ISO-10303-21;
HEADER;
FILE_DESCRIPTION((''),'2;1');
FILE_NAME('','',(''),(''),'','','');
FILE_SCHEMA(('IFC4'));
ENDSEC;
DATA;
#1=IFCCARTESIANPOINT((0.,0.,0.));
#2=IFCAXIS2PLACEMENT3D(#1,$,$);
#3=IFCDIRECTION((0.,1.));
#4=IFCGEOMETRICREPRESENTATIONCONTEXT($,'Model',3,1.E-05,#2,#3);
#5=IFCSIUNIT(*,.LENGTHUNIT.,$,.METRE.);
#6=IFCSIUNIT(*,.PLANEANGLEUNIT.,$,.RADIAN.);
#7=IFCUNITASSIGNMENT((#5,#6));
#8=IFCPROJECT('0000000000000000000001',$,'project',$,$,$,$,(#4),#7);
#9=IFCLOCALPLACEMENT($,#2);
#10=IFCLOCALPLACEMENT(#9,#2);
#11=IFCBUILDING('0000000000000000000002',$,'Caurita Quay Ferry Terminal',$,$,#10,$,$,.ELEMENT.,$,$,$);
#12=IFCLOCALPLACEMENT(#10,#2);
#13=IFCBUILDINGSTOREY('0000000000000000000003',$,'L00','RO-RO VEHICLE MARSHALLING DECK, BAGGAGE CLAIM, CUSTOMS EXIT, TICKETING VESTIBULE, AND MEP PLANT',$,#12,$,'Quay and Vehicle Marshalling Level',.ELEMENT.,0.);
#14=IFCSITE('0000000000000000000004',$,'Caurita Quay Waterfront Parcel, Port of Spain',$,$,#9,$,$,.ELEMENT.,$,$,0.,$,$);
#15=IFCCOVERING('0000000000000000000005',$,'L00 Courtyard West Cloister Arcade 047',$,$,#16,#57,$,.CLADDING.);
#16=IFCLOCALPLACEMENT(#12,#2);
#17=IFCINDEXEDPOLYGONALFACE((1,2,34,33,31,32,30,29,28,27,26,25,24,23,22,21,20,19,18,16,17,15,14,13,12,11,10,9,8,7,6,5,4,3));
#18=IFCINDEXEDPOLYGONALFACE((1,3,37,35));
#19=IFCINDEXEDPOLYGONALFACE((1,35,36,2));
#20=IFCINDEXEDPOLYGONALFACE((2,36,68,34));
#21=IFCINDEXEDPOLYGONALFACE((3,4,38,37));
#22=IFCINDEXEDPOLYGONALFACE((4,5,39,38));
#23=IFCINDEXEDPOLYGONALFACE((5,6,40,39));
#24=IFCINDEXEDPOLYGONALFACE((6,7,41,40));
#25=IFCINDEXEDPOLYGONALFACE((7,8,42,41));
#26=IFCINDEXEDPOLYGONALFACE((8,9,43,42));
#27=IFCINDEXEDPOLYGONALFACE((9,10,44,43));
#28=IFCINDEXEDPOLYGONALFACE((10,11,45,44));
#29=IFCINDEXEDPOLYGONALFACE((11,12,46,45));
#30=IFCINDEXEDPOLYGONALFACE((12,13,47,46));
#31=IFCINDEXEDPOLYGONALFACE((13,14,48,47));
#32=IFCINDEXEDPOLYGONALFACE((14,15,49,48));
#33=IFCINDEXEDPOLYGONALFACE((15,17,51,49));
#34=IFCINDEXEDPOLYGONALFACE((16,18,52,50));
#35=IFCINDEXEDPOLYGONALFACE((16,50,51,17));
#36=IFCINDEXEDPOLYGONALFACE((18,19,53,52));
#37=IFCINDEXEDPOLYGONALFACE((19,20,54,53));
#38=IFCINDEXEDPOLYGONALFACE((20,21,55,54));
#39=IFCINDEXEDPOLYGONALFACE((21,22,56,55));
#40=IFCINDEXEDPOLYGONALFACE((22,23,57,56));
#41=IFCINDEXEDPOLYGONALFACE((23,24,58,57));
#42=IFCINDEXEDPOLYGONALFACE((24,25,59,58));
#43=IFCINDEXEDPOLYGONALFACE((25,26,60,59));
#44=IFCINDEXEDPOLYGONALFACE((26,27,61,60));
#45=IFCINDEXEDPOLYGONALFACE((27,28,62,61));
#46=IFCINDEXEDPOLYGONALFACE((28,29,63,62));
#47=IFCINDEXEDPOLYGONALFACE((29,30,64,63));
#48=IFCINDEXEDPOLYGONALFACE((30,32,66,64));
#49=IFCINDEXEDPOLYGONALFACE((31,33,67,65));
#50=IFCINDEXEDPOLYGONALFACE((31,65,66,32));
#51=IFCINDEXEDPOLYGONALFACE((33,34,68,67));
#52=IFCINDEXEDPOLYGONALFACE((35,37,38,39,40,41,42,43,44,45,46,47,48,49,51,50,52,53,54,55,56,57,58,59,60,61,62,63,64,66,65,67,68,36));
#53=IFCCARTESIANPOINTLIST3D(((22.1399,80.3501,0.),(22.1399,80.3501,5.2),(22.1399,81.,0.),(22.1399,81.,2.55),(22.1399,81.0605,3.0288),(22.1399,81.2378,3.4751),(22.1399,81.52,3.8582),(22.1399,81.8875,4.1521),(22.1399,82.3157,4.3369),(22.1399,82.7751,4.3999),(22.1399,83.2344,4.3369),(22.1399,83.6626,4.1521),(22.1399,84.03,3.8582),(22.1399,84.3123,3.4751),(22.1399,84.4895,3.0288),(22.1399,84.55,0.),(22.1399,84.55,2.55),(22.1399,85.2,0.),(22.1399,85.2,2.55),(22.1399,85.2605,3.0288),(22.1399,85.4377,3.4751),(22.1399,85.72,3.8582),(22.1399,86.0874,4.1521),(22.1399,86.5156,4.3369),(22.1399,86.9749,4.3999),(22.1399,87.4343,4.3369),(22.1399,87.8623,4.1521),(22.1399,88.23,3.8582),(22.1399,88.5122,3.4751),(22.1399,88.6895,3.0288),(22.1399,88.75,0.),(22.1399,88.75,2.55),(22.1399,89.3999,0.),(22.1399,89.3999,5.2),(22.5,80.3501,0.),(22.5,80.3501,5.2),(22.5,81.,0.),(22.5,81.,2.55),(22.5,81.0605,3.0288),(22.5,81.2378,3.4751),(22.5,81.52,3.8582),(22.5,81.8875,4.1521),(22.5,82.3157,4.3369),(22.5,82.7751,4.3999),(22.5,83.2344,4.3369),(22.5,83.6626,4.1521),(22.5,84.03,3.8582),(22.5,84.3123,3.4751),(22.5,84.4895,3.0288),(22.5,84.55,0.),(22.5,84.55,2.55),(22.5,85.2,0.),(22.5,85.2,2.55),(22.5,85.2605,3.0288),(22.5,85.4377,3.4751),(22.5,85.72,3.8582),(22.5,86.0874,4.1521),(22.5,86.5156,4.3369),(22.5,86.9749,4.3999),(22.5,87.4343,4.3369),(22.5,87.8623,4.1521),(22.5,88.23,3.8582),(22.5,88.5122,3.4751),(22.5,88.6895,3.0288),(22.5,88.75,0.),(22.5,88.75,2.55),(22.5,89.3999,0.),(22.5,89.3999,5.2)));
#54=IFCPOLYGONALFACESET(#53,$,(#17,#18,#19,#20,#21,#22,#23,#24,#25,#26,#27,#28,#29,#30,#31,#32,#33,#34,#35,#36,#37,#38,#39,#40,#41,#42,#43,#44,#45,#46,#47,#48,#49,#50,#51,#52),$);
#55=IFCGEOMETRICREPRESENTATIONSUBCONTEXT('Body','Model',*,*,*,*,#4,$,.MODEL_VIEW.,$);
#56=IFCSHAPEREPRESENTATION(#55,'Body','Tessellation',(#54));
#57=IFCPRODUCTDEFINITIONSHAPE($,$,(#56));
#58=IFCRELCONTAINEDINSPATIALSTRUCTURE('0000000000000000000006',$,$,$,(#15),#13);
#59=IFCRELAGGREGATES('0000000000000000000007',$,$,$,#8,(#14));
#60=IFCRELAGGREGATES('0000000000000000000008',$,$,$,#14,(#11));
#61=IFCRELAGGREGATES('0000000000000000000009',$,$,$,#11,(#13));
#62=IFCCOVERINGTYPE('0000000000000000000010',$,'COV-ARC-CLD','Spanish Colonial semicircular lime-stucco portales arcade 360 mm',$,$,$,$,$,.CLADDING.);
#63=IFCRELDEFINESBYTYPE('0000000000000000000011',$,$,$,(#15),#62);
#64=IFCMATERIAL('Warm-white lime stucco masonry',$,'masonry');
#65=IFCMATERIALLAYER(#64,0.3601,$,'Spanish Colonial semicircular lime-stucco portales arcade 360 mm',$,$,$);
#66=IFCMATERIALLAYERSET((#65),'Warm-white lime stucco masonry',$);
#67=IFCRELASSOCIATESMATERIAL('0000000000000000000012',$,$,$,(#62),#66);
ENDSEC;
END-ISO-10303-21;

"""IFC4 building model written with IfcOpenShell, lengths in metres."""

from ifc_helpers import new_model, si_unit, direction, frame, origin, place, context, subcontext, project, spatial, polyline, outline, extrude, material, layer, layer_set, type_object, element, save


model = new_model("IFC4")

# Units and contexts
model_context = context("Model", 3, precision=1e-05, world=origin(), true_north=direction((0.0, 1.0)))
body_context = subcontext(model_context, "Body", "Model", "MODEL_VIEW")
ifc_project = project(units=[si_unit("LENGTHUNIT", "METRE"), si_unit("PLANEANGLEUNIT", "RADIAN")], contexts=[model_context])

# Site, building, storey
site_placement = place(None, origin())
site = spatial("IfcSite", under=ifc_project, at=site_placement, Name="Caurita Quay Waterfront Parcel, Port of Spain", CompositionType="ELEMENT", RefElevation=0.0)
building_placement = place(site_placement, origin())
building = spatial("IfcBuilding", under=site, at=building_placement, Name="Caurita Quay Ferry Terminal", CompositionType="ELEMENT")
storey_placement = place(building_placement, origin())
storey = spatial("IfcBuildingStorey", under=building, at=storey_placement, Name="L00", Description="RO-RO VEHICLE MARSHALLING DECK, BAGGAGE CLAIM, CUSTOMS EXIT, TICKETING VESTIBULE, AND MEP PLANT", LongName="Quay and Vehicle Marshalling Level", CompositionType="ELEMENT", Elevation=0.0)

# Shared definitions
ifc_material_1 = material(Name="Warm-white lime stucco masonry", Category="masonry")

# Covering
ifc_layer_1 = layer(ifc_material_1, 0.3601, Name="Spanish Colonial semicircular lime-stucco portales arcade 360 mm")
ifc_layer_set_1 = layer_set([ifc_layer_1], Name="Warm-white lime stucco masonry")
covering_type = type_object("IfcCoveringType", Name="COV-ARC-CLD", Description="Spanish Colonial semicircular lime-stucco portales arcade 360 mm", PredefinedType="CLADDING", material=ifc_layer_set_1)
covering_1_placement = place(storey_placement, frame((22.3201, 80.3501, 0.0), z_axis=(0.0, 0.0, 1.0), x_axis=(0.0, 1.0, 0.0)))
element("IfcCovering", 1, at=covering_1_placement, inside=storey, type_object=covering_type, Name="L00 Courtyard West Cloister Arcade 047", PredefinedType="CLADDING", context=body_context, shape_type="SweptSolid", body=[
    extrude(outline(polyline([(0.0, 0.0), (0.6499, 0.0), (0.6499, 2.55), (0.7104, 3.0288), (0.8877, 3.4751), (1.1699, 3.8582), (1.5374, 4.1521), (1.9656, 4.3369), (2.425, 4.3999), (2.8843, 4.3369), (3.3125, 4.1521), (3.6799, 3.8582), (3.9622, 3.4751), (4.1394, 3.0288), (4.2, 2.55), (4.2, 0.0), (4.8499, 0.0), (4.8499, 2.55), (4.9104, 3.0288), (5.0876, 3.4751), (5.3699, 3.8582), (5.7373, 4.1521), (6.1655, 4.3369), (6.6248, 4.3999), (7.0842, 4.3369), (7.5122, 4.1521), (7.8799, 3.8582), (8.1621, 3.4751), (8.3394, 3.0288), (8.3999, 2.55), (8.3999, 0.0), (9.0498, 0.0), (9.0498, 5.2), (0.0, 5.2), (0.0, 0.0)])), frame((0.0, 0.1802, 0.0), z_axis=(0.0, -1.0, 0.0), x_axis=(1.0, 0.0, 0.0)), (0.0, 0.0, 1.0), 0.3601),
])

save(model, "model.ifc")
